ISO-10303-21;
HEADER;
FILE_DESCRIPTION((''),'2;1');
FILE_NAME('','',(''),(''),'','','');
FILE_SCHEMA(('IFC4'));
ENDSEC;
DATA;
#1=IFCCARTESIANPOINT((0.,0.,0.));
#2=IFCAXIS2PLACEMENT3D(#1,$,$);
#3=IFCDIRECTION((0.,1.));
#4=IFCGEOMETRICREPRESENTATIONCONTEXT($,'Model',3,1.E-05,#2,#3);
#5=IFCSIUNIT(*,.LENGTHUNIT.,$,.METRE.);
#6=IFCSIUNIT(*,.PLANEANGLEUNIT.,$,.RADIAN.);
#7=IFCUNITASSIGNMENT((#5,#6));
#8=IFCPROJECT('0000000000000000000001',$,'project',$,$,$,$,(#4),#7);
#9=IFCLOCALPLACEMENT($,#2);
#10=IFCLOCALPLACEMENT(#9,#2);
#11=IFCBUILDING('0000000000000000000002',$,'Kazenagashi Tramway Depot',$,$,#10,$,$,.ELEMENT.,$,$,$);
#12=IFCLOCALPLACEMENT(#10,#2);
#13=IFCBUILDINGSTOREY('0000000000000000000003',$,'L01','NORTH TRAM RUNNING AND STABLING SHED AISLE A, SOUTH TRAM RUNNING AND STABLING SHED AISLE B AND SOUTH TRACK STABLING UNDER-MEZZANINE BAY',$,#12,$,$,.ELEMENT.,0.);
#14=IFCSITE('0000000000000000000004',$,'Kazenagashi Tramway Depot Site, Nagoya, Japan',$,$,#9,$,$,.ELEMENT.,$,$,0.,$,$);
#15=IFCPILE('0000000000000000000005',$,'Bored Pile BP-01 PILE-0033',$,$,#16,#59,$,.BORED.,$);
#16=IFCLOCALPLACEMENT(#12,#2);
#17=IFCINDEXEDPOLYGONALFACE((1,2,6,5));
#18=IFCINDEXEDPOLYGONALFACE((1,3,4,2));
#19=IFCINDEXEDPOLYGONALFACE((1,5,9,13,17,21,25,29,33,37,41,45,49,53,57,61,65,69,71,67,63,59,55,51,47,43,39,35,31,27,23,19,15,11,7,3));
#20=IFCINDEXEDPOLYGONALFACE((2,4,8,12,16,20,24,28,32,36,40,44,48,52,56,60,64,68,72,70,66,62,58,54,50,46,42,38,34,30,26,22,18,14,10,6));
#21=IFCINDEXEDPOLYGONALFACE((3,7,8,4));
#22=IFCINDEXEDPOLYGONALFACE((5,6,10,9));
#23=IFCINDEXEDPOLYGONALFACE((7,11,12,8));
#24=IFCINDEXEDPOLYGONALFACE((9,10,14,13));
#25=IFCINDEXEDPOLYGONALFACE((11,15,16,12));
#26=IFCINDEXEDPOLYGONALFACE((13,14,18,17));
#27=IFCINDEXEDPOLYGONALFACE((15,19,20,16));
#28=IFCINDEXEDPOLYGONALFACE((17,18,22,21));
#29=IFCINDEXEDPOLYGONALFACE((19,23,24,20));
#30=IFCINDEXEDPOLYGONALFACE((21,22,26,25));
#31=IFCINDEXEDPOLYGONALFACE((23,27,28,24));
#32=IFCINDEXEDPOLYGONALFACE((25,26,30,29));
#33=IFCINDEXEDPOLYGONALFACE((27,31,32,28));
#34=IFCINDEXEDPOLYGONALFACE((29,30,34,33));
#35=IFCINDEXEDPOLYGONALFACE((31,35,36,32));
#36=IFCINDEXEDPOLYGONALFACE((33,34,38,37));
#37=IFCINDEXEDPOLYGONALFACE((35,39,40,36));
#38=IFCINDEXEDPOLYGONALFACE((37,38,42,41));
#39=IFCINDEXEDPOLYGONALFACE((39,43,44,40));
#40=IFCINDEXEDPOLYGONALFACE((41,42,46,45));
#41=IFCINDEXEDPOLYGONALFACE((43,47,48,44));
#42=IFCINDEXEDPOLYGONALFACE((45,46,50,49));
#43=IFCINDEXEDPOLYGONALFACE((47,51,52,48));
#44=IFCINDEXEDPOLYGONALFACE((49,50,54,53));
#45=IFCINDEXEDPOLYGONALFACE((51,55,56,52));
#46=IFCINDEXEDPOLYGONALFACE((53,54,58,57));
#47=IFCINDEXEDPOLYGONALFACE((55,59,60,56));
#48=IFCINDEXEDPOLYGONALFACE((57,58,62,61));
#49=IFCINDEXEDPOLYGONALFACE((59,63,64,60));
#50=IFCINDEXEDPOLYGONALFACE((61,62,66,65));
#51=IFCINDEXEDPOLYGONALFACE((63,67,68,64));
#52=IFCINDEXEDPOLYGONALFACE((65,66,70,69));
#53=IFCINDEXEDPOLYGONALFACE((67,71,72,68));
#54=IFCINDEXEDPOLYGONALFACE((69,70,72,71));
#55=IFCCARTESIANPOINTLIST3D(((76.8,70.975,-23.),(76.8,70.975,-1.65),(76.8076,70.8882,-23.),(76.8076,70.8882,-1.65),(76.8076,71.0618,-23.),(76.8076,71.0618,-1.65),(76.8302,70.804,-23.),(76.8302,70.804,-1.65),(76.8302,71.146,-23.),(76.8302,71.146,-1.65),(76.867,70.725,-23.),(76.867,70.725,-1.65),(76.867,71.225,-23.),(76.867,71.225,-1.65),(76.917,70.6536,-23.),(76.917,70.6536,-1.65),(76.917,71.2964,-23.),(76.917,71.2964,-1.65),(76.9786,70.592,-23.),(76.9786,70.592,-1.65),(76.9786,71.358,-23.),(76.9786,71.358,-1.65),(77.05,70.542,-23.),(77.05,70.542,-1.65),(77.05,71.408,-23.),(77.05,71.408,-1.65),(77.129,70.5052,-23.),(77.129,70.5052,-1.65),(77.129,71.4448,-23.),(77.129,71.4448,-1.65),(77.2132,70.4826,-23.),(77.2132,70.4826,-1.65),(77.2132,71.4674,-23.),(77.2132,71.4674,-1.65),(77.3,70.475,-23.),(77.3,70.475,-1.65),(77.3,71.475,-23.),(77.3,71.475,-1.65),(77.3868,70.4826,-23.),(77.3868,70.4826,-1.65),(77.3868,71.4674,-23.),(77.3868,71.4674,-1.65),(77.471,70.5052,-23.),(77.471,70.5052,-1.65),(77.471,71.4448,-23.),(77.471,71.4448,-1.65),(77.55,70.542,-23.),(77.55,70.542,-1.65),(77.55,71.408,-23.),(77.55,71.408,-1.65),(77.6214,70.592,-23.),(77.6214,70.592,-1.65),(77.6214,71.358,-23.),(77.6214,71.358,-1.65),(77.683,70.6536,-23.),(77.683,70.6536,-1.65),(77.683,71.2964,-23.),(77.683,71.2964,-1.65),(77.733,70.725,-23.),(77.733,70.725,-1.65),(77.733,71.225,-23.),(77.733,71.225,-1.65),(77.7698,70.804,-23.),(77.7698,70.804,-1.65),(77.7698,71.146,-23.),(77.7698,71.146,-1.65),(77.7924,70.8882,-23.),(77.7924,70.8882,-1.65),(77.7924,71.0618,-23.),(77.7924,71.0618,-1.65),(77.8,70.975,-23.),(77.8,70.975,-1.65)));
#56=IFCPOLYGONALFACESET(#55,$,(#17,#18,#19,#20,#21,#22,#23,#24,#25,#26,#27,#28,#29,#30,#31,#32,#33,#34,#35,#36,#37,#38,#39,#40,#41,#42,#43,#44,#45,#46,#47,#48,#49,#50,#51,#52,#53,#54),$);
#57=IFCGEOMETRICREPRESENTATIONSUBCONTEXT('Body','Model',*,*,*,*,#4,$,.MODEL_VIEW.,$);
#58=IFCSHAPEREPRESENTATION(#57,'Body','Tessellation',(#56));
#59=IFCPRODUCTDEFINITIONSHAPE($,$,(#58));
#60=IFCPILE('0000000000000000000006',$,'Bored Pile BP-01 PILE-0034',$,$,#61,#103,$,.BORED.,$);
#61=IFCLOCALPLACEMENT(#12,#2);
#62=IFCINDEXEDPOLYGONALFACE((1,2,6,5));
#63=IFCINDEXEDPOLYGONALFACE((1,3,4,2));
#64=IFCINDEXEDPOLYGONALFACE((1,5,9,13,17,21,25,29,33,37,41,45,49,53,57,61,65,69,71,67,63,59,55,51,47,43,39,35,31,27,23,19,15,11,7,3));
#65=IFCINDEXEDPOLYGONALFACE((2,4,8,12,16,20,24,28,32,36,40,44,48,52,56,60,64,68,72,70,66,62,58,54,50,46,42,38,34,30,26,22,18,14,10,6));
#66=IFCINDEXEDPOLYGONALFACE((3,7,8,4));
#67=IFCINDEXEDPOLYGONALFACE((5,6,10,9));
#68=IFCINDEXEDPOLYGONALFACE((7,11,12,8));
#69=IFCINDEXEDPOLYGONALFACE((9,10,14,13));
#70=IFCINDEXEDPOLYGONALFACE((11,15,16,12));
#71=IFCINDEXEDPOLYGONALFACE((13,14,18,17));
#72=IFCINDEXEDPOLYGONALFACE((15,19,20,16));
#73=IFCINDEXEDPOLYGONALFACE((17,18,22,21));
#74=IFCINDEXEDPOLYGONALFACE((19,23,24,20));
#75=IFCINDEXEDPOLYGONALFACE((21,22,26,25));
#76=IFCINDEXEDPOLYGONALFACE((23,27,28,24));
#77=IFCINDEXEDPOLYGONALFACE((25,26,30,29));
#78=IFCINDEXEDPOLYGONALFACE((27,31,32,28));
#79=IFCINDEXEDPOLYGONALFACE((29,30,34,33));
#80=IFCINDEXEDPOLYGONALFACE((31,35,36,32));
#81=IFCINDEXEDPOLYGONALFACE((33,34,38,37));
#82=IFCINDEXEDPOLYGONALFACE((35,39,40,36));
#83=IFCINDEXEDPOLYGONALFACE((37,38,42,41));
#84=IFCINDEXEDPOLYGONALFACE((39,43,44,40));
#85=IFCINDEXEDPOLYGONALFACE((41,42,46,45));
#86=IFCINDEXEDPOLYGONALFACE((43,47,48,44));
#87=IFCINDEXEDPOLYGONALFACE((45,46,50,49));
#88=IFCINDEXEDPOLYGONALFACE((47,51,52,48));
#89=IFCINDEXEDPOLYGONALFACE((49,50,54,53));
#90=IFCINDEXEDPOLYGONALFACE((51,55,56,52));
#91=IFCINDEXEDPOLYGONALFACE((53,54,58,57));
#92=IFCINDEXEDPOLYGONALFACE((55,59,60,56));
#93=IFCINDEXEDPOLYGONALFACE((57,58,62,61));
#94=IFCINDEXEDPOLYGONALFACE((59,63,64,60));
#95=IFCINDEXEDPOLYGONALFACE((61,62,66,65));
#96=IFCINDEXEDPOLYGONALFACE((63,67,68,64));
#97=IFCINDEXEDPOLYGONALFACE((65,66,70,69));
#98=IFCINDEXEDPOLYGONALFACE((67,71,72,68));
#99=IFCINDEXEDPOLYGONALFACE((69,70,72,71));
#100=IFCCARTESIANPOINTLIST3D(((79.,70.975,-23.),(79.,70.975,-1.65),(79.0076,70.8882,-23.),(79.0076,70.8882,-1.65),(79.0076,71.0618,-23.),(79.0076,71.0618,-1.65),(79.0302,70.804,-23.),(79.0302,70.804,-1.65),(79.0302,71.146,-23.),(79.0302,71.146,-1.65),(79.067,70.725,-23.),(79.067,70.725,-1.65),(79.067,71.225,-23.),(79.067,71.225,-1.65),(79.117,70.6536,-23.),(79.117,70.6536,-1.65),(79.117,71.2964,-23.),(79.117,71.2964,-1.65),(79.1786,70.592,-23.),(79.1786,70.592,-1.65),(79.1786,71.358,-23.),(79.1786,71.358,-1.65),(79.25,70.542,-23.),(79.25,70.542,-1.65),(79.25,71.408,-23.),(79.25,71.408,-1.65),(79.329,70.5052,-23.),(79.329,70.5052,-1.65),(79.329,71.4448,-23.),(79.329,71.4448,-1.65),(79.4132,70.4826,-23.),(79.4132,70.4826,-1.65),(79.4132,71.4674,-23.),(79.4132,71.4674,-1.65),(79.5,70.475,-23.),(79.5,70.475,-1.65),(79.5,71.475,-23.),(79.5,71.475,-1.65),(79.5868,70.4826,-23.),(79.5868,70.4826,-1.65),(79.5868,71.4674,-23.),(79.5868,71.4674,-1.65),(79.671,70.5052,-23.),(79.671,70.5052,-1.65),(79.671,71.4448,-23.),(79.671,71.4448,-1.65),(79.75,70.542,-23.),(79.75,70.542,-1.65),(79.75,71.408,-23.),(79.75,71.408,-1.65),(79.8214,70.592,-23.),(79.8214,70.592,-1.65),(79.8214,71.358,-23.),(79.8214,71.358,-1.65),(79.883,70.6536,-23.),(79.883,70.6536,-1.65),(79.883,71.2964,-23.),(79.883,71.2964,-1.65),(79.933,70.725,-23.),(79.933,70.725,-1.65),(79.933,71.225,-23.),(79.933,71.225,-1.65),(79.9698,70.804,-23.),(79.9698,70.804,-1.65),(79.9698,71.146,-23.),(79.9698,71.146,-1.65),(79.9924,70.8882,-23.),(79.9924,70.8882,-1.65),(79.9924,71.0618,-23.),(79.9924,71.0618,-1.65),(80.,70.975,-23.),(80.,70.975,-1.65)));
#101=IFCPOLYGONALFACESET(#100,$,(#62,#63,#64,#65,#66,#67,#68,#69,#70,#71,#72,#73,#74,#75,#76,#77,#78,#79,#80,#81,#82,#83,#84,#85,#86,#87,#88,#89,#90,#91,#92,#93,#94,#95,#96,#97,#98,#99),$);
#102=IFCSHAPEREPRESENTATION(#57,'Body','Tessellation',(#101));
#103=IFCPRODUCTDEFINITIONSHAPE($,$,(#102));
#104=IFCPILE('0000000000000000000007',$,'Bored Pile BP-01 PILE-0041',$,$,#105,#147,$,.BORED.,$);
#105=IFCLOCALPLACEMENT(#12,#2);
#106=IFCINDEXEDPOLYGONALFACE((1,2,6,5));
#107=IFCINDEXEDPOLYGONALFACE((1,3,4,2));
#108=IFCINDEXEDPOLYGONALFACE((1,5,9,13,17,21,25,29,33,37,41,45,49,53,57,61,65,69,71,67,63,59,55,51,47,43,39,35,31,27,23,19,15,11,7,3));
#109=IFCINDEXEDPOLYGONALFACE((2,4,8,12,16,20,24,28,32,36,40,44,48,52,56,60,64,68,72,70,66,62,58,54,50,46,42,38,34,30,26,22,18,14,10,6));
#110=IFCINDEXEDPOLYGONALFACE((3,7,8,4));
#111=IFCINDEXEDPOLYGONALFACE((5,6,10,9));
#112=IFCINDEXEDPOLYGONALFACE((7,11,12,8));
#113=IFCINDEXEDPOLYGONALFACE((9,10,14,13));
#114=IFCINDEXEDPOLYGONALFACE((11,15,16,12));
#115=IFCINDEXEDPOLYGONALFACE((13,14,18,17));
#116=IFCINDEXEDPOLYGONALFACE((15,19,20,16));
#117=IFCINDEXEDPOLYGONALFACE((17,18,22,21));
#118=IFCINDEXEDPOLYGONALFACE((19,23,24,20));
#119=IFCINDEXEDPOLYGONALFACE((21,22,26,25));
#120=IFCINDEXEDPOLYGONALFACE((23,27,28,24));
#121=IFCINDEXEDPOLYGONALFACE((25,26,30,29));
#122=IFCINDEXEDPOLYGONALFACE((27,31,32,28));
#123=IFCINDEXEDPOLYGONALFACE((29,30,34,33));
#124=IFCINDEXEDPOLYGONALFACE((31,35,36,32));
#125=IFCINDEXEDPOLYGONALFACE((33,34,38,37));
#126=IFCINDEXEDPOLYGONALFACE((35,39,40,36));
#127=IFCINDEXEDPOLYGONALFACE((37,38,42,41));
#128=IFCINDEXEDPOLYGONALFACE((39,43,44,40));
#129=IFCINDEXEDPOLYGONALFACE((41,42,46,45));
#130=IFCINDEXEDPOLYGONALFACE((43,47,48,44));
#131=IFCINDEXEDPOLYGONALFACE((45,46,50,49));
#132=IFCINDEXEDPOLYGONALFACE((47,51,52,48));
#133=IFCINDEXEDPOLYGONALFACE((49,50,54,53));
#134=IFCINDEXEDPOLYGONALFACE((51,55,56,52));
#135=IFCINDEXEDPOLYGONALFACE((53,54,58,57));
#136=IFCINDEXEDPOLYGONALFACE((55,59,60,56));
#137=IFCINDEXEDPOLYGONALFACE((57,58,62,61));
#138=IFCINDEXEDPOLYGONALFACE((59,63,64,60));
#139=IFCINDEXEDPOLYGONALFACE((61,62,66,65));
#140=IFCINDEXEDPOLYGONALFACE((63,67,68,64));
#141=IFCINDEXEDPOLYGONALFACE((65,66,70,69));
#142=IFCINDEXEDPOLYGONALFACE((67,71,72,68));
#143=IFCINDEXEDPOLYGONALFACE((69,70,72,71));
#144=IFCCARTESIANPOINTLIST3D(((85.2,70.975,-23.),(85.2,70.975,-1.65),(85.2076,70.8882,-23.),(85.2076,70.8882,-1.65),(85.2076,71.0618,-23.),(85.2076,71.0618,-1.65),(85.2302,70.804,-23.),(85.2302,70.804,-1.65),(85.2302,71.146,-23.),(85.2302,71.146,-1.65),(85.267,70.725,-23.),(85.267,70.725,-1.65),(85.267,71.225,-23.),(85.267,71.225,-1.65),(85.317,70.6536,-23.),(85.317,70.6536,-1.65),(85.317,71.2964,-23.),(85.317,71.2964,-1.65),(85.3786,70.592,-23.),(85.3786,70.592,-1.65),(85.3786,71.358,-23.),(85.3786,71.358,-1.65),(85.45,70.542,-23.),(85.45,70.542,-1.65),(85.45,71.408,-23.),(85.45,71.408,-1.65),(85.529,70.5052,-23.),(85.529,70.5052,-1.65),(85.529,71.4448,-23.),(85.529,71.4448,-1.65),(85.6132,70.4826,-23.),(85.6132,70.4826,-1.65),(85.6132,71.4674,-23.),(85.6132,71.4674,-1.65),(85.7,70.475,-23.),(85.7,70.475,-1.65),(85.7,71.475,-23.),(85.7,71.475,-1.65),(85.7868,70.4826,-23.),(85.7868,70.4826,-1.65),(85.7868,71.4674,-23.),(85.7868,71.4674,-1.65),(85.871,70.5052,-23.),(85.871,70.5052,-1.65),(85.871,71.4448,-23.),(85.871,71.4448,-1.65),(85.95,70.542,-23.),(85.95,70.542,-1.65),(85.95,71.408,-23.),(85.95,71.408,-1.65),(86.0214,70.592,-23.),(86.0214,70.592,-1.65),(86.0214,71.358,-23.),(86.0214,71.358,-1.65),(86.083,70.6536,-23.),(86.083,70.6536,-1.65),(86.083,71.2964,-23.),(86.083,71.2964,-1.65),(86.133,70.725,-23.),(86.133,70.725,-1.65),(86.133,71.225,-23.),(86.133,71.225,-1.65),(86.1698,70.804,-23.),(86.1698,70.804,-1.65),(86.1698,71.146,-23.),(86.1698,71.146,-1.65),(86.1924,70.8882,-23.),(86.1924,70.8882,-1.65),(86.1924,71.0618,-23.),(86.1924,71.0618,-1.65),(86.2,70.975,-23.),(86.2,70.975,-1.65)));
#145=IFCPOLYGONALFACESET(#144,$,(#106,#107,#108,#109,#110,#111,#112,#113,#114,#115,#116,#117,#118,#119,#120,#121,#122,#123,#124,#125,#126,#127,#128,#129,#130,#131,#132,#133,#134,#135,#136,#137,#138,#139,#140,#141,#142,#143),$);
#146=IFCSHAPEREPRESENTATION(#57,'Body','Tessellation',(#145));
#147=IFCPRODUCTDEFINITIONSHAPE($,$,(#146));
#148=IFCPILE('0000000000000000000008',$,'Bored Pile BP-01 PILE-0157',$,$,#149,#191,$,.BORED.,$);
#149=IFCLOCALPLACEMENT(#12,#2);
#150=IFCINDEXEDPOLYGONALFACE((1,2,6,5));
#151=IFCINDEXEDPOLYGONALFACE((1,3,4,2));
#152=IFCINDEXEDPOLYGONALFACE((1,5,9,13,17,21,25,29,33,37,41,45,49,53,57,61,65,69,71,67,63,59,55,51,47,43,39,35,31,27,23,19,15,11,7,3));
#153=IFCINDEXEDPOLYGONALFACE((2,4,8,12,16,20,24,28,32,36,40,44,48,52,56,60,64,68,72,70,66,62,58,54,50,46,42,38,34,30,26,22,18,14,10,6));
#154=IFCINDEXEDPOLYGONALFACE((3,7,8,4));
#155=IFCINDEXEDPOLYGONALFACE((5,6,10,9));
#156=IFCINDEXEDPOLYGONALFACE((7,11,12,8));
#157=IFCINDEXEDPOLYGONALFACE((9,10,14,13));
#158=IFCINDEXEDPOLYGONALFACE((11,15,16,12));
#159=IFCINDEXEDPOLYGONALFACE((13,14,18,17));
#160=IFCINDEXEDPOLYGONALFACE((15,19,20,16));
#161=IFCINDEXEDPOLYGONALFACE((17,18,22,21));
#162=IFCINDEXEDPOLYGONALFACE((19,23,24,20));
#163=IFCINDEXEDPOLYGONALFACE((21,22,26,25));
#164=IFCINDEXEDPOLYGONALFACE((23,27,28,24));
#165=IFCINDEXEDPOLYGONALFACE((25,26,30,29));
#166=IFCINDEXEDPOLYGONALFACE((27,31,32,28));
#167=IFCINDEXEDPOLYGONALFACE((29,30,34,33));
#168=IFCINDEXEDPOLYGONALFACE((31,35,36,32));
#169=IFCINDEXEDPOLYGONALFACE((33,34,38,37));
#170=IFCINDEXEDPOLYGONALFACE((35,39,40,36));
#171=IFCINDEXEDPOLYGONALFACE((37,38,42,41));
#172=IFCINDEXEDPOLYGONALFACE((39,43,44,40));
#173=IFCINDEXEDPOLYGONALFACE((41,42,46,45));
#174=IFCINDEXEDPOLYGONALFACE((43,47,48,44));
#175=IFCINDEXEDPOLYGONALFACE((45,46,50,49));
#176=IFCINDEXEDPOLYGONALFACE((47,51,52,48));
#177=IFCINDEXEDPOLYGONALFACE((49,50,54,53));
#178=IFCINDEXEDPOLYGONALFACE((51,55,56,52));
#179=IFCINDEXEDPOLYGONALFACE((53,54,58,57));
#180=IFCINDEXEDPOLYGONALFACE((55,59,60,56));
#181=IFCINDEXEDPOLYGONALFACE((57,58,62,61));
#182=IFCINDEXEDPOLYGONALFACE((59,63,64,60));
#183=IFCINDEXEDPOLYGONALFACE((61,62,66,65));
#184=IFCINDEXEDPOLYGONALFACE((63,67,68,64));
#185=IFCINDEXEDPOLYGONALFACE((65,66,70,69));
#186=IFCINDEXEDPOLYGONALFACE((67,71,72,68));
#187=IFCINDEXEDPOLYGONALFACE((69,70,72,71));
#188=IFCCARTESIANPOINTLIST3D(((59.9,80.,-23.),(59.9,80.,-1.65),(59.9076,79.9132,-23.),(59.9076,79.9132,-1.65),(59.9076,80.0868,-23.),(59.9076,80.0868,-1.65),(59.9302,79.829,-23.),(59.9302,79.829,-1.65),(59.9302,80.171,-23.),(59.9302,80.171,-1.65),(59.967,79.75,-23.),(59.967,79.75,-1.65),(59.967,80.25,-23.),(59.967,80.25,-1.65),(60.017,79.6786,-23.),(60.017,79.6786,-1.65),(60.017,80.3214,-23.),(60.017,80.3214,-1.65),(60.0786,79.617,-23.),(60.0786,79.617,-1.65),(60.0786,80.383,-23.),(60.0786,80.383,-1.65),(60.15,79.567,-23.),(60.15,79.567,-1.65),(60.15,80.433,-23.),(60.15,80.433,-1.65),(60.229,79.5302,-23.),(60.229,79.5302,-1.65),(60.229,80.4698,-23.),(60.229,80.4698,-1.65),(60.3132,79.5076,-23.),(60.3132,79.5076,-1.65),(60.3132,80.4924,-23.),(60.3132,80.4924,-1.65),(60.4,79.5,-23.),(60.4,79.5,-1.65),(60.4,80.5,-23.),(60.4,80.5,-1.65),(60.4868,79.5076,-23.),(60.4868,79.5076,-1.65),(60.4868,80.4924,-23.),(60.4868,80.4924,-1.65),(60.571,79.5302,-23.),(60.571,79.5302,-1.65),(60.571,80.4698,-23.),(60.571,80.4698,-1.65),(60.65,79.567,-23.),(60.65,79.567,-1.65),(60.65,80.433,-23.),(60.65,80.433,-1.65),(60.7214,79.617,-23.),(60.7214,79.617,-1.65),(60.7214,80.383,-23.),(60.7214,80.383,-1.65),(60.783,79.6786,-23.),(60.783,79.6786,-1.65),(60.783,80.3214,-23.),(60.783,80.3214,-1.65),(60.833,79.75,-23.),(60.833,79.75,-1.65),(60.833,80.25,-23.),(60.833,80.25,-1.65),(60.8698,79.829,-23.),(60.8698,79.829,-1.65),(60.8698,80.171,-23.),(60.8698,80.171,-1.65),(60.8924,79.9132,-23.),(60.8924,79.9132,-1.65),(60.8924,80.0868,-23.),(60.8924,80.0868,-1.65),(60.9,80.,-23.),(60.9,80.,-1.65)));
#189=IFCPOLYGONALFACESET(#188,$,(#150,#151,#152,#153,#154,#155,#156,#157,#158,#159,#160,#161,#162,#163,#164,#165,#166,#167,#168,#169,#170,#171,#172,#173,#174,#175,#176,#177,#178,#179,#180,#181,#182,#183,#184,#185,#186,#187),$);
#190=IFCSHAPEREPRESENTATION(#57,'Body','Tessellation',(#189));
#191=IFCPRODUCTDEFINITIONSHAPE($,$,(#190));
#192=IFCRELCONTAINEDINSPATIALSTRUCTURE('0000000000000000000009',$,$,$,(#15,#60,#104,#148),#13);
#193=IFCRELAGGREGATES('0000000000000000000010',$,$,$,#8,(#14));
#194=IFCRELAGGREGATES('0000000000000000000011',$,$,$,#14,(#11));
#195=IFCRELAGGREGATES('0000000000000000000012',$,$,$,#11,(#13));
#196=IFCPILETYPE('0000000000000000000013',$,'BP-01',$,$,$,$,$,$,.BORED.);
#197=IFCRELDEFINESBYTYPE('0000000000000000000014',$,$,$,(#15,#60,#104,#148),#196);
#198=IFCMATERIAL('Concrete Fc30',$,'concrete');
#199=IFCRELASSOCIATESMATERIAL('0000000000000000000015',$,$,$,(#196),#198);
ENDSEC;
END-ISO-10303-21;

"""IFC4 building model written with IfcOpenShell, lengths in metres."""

from ifc_helpers import new_model, si_unit, direction, frame, origin, origin_2d, place, context, subcontext, project, spatial, circle, extrude, material, material_profile, profile_set, type_object, element, save


model = new_model("IFC4")

# Units and contexts
model_context = context("Model", 3, precision=1e-05, world=origin(), true_north=direction((0.0, 1.0)))
body_context = subcontext(model_context, "Body", "Model", "MODEL_VIEW")
ifc_project = project(units=[si_unit("LENGTHUNIT", "METRE"), si_unit("PLANEANGLEUNIT", "RADIAN")], contexts=[model_context])

# Site, building, storey
site_placement = place(None, origin())
site = spatial("IfcSite", under=ifc_project, at=site_placement, Name="Kazenagashi Tramway Depot Site, Nagoya, Japan", CompositionType="ELEMENT", RefElevation=0.0)
building_placement = place(site_placement, origin())
building = spatial("IfcBuilding", under=site, at=building_placement, Name="Kazenagashi Tramway Depot", CompositionType="ELEMENT")
storey_placement = place(building_placement, origin())
storey = spatial("IfcBuildingStorey", under=building, at=storey_placement, Name="L01", Description="NORTH TRAM RUNNING AND STABLING SHED AISLE A, SOUTH TRAM RUNNING AND STABLING SHED AISLE B AND SOUTH TRACK STABLING UNDER-MEZZANINE BAY", CompositionType="ELEMENT", Elevation=0.0)

# Piles
ifc_material_1 = material(Name="Concrete Fc30", Category="concrete")
ifc_material_profile_1 = material_profile(ifc_material_1, circle(Radius=0.5, at=origin_2d()), Name="PILE-1000")
ifc_profile_set_1 = profile_set([ifc_material_profile_1], Name="Concrete Fc30")
pile_type = type_object("IfcPileType", Name="BP-01", PredefinedType="BORED", material=ifc_profile_set_1)
for number, where, z_axis, x_axis, name in (
    (1, (77.3, 70.975, -1.65), (0.0, 0.0, -1.0), (1.0, 0.0, 0.0), "Bored Pile BP-01 PILE-0033"),
    (2, (79.5, 70.975, -1.65), (0.0, 0.0, -1.0), (1.0, 0.0, 0.0), "Bored Pile BP-01 PILE-0034"),
    (3, (85.7, 70.975, -1.65), (0.0, 0.0, -1.0), (1.0, 0.0, 0.0), "Bored Pile BP-01 PILE-0041"),
    (4, (60.4, 80.0, -1.65), (0.0, 0.0, -1.0), (1.0, 0.0, 0.0), "Bored Pile BP-01 PILE-0157"),
):
    element("IfcPile", number, at=place(storey_placement, frame(where, z_axis=z_axis, x_axis=x_axis)), inside=storey, type_object=pile_type, Name=name, PredefinedType="BORED", context=body_context, shape_type="SweptSolid", body=[
        extrude(circle(Radius=0.5, at=origin_2d()), origin(), (0.0, 0.0, 1.0), 21.35),
    ])

save(model, "model.ifc")
